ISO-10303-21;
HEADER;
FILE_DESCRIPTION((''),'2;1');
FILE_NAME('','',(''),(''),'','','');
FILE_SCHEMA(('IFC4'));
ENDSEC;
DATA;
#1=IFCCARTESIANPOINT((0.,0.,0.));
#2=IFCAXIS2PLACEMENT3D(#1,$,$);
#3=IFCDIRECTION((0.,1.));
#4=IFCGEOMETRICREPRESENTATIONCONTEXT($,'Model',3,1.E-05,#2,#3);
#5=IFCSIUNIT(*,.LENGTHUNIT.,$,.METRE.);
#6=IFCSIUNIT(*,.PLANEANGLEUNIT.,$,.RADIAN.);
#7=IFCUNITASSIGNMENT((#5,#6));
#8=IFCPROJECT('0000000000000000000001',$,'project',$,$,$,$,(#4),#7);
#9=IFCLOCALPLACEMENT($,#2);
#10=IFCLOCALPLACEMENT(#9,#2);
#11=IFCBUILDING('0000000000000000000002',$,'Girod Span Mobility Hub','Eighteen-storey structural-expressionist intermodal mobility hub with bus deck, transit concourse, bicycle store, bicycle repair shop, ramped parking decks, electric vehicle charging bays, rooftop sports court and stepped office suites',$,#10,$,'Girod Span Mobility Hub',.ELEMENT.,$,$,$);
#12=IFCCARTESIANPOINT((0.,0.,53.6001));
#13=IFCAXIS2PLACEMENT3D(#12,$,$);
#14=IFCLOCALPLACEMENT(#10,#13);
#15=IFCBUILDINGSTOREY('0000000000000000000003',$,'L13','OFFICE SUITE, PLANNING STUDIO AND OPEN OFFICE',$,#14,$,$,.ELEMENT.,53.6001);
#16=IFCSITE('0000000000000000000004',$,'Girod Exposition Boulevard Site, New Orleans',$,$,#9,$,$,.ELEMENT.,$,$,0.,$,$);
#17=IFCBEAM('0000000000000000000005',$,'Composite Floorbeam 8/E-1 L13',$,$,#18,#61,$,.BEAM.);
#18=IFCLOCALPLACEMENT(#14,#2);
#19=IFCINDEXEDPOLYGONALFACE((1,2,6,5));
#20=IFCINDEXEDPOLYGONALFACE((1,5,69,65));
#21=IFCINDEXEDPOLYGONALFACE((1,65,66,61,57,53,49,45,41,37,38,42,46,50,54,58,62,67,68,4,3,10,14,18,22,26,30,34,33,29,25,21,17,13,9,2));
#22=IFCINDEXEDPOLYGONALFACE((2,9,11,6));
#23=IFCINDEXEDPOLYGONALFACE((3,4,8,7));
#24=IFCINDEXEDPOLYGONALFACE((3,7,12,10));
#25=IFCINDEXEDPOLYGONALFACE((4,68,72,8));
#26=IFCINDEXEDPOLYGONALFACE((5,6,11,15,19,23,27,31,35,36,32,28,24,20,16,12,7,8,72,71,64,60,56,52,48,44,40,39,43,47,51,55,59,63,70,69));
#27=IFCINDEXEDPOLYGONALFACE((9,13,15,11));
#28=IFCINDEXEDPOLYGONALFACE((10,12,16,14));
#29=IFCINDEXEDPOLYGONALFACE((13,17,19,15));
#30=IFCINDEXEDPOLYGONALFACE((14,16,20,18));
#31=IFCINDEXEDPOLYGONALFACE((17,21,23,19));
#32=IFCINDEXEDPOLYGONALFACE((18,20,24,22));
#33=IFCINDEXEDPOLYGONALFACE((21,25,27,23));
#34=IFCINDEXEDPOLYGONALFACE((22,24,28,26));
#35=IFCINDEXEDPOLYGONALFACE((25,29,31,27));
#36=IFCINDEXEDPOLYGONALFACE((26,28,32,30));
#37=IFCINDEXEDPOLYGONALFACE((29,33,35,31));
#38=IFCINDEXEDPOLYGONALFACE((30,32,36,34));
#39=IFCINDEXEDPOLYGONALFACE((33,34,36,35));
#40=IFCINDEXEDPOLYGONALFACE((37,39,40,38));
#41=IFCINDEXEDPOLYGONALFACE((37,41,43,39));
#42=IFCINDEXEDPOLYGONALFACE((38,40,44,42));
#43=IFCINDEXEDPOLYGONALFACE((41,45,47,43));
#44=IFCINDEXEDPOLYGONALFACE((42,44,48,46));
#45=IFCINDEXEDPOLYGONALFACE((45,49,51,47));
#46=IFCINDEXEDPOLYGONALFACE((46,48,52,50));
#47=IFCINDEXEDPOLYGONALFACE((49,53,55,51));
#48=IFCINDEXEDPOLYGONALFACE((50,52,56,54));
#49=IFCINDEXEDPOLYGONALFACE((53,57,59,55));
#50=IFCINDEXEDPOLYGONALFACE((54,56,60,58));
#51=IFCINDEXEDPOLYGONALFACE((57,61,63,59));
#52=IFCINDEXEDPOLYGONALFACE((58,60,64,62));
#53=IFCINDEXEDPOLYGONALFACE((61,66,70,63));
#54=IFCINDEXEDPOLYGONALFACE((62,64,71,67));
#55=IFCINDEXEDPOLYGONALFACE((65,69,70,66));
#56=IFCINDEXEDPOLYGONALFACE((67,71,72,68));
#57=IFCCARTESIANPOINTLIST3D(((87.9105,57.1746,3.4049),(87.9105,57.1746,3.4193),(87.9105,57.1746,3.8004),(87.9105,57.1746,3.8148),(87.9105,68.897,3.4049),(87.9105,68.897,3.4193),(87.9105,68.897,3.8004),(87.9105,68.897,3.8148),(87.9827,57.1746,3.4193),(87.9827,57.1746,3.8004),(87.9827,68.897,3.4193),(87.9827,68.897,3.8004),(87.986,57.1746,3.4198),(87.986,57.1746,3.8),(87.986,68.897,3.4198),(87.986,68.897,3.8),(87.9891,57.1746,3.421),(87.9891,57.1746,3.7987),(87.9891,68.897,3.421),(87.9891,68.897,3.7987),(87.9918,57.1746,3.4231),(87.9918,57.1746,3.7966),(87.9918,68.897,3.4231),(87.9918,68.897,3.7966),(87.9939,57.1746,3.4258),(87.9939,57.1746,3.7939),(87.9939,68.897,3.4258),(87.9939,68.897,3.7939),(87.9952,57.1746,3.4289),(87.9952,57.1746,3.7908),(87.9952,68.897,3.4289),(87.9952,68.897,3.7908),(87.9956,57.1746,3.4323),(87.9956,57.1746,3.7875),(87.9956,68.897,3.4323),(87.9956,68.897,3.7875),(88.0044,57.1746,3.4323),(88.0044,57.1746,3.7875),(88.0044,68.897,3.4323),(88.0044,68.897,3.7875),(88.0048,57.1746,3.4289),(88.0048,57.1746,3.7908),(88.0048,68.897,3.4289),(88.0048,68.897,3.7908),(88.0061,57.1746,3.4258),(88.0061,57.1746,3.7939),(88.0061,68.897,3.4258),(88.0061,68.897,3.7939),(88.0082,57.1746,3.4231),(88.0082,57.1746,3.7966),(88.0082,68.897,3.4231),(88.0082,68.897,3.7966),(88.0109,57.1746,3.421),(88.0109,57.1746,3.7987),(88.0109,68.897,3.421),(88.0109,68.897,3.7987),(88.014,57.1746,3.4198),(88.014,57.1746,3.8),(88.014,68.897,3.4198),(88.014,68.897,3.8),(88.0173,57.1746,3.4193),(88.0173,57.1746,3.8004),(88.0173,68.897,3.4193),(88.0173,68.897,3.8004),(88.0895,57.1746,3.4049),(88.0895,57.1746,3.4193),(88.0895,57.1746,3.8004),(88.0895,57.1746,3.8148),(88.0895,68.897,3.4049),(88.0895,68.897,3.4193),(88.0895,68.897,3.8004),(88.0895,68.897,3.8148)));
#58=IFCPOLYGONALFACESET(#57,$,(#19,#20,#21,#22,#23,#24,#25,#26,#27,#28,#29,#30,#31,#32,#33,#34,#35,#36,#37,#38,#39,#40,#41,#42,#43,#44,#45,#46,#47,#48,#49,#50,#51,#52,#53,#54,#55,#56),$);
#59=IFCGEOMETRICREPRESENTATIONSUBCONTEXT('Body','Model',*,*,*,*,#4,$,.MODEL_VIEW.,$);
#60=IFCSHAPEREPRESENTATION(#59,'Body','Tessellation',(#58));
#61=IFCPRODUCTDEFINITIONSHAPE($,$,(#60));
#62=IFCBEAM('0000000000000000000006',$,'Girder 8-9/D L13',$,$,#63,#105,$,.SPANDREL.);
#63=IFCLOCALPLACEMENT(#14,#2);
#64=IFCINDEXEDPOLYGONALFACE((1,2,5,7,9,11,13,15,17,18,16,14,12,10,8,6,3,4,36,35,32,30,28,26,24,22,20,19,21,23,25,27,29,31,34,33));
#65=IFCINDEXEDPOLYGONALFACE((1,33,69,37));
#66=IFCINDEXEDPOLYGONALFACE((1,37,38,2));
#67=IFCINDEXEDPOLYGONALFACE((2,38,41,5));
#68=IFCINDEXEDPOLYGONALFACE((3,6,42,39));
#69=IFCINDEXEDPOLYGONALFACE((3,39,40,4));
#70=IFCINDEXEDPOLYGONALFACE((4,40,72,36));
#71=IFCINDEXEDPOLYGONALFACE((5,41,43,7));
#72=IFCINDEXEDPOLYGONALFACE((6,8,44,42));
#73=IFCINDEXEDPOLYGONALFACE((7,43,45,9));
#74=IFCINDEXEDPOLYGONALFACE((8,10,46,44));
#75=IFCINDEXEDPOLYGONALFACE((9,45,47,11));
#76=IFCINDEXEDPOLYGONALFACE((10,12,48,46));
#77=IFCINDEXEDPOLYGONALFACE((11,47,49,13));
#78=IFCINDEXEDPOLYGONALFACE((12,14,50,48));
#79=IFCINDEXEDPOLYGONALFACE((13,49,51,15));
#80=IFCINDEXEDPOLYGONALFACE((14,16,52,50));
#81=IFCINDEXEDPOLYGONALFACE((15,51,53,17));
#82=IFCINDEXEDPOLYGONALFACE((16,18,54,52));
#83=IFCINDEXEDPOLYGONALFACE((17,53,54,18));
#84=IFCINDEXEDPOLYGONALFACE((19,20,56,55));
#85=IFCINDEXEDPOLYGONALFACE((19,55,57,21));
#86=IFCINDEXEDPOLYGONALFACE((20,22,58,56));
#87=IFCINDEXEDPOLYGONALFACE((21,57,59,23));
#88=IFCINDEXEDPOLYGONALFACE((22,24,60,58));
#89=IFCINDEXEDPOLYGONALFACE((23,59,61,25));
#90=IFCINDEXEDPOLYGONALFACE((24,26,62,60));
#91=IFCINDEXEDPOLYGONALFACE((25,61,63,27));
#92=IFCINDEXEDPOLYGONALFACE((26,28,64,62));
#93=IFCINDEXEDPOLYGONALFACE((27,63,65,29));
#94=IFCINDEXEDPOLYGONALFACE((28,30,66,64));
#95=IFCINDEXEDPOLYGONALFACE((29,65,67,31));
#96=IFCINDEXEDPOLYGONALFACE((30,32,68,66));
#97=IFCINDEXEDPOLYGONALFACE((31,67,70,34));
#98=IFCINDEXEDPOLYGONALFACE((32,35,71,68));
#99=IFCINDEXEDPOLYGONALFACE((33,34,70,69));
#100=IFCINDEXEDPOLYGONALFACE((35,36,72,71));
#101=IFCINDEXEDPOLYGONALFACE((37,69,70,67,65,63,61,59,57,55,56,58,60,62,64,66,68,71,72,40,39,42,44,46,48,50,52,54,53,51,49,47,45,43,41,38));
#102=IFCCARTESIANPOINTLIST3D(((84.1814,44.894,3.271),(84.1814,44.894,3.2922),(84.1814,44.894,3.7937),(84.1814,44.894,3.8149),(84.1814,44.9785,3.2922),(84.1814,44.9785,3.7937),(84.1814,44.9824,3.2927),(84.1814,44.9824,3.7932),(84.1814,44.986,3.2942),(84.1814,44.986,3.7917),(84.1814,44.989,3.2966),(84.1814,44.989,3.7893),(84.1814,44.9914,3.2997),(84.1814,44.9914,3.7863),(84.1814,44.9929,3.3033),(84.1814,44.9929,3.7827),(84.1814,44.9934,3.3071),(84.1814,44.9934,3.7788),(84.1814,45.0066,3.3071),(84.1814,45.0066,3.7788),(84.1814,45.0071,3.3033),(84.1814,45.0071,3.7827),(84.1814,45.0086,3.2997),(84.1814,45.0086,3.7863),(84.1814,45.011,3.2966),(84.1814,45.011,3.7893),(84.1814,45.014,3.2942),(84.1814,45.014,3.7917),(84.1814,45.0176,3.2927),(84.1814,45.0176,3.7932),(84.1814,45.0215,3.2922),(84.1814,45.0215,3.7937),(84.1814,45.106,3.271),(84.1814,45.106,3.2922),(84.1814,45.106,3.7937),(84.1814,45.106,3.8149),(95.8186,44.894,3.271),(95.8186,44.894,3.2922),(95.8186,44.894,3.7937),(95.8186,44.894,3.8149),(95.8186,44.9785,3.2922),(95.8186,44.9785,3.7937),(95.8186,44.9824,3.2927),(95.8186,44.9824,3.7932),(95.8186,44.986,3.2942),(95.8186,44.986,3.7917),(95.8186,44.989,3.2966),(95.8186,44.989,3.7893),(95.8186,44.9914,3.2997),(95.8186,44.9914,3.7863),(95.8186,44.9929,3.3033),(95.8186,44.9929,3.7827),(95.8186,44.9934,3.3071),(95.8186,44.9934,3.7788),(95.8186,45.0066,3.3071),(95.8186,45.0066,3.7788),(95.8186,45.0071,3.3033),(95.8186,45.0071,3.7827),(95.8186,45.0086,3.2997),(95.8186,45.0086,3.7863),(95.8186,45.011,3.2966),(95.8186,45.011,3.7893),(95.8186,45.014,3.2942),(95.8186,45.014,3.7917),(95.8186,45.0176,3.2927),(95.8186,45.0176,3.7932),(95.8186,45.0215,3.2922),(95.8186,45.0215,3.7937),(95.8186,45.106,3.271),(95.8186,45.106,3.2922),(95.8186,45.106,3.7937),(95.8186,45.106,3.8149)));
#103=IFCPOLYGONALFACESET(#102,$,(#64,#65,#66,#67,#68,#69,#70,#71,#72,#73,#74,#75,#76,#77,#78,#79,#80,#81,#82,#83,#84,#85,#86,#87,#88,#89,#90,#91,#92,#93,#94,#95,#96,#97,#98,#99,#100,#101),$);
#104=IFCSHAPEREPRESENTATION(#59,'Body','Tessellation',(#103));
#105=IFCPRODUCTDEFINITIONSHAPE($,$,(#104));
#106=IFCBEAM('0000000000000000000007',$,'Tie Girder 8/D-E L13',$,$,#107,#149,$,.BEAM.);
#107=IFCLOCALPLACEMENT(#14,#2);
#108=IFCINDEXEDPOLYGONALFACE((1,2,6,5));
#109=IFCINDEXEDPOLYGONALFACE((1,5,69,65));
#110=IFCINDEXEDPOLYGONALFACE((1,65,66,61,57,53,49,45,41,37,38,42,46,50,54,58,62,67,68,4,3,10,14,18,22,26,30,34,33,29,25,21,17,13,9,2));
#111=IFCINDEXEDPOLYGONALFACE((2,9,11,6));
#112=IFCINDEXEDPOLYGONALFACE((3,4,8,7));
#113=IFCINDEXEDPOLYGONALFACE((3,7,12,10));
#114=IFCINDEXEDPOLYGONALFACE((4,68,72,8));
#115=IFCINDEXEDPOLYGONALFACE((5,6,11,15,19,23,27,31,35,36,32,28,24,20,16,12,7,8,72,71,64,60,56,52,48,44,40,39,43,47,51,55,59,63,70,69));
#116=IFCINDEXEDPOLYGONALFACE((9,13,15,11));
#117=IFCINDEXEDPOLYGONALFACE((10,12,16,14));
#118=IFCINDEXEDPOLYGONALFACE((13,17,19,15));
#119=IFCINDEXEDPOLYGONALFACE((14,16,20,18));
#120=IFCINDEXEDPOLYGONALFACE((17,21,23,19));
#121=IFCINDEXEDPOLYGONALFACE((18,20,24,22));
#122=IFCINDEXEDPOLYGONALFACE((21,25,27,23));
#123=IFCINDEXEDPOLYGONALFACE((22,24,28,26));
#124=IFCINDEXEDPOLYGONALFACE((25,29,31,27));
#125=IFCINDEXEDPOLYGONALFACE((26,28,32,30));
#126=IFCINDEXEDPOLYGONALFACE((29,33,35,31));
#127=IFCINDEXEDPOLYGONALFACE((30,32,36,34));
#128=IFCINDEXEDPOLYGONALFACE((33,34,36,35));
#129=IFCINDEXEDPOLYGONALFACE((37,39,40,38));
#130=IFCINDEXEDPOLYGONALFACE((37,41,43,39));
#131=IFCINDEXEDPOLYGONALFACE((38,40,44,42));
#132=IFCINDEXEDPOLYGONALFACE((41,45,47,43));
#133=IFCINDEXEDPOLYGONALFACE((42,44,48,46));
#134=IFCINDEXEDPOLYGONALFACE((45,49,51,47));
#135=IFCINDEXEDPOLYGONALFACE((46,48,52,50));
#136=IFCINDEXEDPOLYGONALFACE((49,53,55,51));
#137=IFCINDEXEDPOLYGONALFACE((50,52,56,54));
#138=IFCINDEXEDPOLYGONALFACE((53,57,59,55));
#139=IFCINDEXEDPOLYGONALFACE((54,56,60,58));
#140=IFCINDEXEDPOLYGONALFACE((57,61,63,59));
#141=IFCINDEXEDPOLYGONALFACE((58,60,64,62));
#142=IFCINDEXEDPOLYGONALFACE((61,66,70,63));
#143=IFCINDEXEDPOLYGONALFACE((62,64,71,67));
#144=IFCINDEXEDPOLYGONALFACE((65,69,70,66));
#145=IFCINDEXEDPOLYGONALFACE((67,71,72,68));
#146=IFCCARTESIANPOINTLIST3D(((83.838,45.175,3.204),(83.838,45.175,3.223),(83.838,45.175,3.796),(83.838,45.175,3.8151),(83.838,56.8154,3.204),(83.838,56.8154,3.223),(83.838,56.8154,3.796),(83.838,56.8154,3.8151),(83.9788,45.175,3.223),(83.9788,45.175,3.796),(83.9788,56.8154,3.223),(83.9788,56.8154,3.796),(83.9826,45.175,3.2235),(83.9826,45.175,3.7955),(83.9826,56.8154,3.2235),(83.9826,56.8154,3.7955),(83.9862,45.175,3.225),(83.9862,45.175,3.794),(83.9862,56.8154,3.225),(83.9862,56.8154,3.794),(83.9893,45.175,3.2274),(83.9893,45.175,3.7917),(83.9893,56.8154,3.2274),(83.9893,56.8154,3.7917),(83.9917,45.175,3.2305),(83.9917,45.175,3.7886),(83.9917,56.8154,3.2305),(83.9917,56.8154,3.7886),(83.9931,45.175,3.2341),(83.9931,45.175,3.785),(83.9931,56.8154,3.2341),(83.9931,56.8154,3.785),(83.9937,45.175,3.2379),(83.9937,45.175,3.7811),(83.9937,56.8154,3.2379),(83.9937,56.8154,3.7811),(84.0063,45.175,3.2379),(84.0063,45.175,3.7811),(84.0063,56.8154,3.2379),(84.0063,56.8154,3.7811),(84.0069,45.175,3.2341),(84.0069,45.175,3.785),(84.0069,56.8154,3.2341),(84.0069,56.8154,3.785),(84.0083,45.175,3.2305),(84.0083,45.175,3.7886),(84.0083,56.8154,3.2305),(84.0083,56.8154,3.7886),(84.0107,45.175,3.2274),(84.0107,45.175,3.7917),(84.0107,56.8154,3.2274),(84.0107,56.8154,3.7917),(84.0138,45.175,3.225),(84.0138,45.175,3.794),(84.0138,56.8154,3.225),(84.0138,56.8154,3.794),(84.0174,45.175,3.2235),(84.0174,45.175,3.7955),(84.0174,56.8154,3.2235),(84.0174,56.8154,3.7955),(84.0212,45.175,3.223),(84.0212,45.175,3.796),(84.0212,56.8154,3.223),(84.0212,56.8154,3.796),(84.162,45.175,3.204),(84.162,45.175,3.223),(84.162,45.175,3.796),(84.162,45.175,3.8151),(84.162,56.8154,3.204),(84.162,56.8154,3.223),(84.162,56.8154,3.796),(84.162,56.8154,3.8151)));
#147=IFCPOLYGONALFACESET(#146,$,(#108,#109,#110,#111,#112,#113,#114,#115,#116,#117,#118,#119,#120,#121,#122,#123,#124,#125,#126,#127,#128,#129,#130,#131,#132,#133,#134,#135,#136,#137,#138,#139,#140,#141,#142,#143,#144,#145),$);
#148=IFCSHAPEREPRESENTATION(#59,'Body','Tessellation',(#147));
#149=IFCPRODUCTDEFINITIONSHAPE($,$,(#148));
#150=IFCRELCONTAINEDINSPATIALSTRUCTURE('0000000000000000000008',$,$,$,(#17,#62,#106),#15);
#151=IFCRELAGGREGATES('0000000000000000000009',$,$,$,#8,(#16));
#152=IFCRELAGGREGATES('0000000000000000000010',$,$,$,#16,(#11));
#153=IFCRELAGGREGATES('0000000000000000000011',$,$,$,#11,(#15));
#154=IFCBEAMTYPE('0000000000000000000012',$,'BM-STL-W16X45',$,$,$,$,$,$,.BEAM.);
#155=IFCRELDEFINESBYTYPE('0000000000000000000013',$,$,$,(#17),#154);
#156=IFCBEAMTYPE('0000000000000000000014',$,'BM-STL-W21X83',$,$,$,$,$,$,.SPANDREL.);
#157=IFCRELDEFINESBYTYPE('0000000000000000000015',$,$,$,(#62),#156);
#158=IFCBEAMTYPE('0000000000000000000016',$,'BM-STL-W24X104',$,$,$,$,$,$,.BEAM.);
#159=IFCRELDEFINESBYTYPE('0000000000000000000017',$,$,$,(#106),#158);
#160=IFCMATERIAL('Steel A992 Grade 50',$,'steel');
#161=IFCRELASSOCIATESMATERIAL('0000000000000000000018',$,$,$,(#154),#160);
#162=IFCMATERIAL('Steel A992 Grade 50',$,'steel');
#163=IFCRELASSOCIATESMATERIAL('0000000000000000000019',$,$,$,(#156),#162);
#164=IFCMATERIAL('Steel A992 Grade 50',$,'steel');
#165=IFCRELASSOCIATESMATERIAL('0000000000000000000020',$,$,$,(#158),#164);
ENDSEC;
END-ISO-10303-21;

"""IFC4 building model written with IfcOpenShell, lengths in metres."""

from ifc_helpers import new_model, si_unit, direction, frame, origin, origin_2d, place, context, subcontext, project, spatial, i_section, extrude, material, material_profile, profile_set, type_object, element, save


model = new_model("IFC4")

# Units and contexts
model_context = context("Model", 3, precision=1e-05, world=origin(), true_north=direction((0.0, 1.0)))
body_context = subcontext(model_context, "Body", "Model", "MODEL_VIEW")
ifc_project = project(units=[si_unit("LENGTHUNIT", "METRE"), si_unit("PLANEANGLEUNIT", "RADIAN")], contexts=[model_context])

# Site, building, storey
site_placement = place(None, origin())
site = spatial("IfcSite", under=ifc_project, at=site_placement, Name="Girod Exposition Boulevard Site, New Orleans", CompositionType="ELEMENT", RefElevation=0.0)
building_placement = place(site_placement, origin())
building = spatial("IfcBuilding", under=site, at=building_placement, Name="Girod Span Mobility Hub", Description="Eighteen-storey structural-expressionist intermodal mobility hub with bus deck, transit concourse, bicycle store, bicycle repair shop, ramped parking decks, electric vehicle charging bays, rooftop sports court and stepped office suites", LongName="Girod Span Mobility Hub", CompositionType="ELEMENT")
storey_placement = place(building_placement, frame((0.0, 0.0, 53.6001)))
storey = spatial("IfcBuildingStorey", under=building, at=storey_placement, Name="L13", Description="OFFICE SUITE, PLANNING STUDIO AND OPEN OFFICE", CompositionType="ELEMENT", Elevation=53.6001)

# Beams
ifc_material_1 = material(Name="Steel A992 Grade 50", Category="steel")
ifc_material_profile_1 = material_profile(ifc_material_1, i_section(OverallWidth=0.179, OverallDepth=0.4099, WebThickness=0.0088, FlangeThickness=0.0144, FilletRadius=0.0129, at=origin_2d()), Name="W16X45")
ifc_profile_set_1 = profile_set([ifc_material_profile_1], Name="Steel A992 Grade 50")
beam_type_1 = type_object("IfcBeamType", Name="BM-STL-W16X45", PredefinedType="BEAM", material=ifc_profile_set_1)
for number, where, z_axis, x_axis, name in (
    (1, (88.0, 57.1746, 3.6099), (0.0, 1.0, 0.0), (-1.0, 0.0, 0.0), "Composite Floorbeam 8/E-1 L13"),
):
    element("IfcBeam", number, at=place(storey_placement, frame(where, z_axis=z_axis, x_axis=x_axis)), inside=storey, type_object=beam_type_1, Name=name, PredefinedType="BEAM", context=body_context, shape_type="SweptSolid", body=[
        extrude(i_section(OverallWidth=0.179, OverallDepth=0.4099, WebThickness=0.0088, FlangeThickness=0.0144, FilletRadius=0.0129, at=origin_2d()), origin(), (0.0, 0.0, 1.0), 11.7224),
    ])
ifc_material_2 = material(Name="Steel A992 Grade 50", Category="steel")
ifc_material_profile_2 = material_profile(ifc_material_2, i_section(OverallWidth=0.2119, OverallDepth=0.5439, WebThickness=0.0132, FlangeThickness=0.0212, FilletRadius=0.0149, at=origin_2d()), Name="W21X83")
ifc_profile_set_2 = profile_set([ifc_material_profile_2], Name="Steel A992 Grade 50")
beam_type_2 = type_object("IfcBeamType", Name="BM-STL-W21X83", PredefinedType="SPANDREL", material=ifc_profile_set_2)
beam_1_placement = place(storey_placement, frame((84.1814, 45.0, 3.543), z_axis=(1.0, 0.0, 0.0), x_axis=(0.0, 1.0, 0.0)))
element("IfcBeam", 2, at=beam_1_placement, inside=storey, type_object=beam_type_2, Name="Girder 8-9/D L13", PredefinedType="SPANDREL", context=body_context, shape_type="SweptSolid", body=[
    extrude(i_section(OverallWidth=0.2119, OverallDepth=0.5439, WebThickness=0.0132, FlangeThickness=0.0212, FilletRadius=0.0149, at=origin_2d()), origin(), (0.0, 0.0, 1.0), 11.6372),
])
ifc_material_3 = material(Name="Steel A992 Grade 50", Category="steel")
ifc_material_profile_3 = material_profile(ifc_material_3, i_section(OverallWidth=0.324, OverallDepth=0.6111, WebThickness=0.0127, FlangeThickness=0.019, FilletRadius=0.0149, at=origin_2d()), Name="W24X104")
ifc_profile_set_3 = profile_set([ifc_material_profile_3], Name="Steel A992 Grade 50")
beam_type_3 = type_object("IfcBeamType", Name="BM-STL-W24X104", PredefinedType="BEAM", material=ifc_profile_set_3)
beam_2_placement = place(storey_placement, frame((84.0, 45.175, 3.5095), z_axis=(0.0, 1.0, 0.0), x_axis=(-1.0, 0.0, 0.0)))
element("IfcBeam", 3, at=beam_2_placement, inside=storey, type_object=beam_type_3, Name="Tie Girder 8/D-E L13", PredefinedType="BEAM", context=body_context, shape_type="SweptSolid", body=[
    extrude(i_section(OverallWidth=0.324, OverallDepth=0.6111, WebThickness=0.0127, FlangeThickness=0.019, FilletRadius=0.0149, at=origin_2d()), origin(), (0.0, 0.0, 1.0), 11.6404),
])

save(model, "model.ifc")
